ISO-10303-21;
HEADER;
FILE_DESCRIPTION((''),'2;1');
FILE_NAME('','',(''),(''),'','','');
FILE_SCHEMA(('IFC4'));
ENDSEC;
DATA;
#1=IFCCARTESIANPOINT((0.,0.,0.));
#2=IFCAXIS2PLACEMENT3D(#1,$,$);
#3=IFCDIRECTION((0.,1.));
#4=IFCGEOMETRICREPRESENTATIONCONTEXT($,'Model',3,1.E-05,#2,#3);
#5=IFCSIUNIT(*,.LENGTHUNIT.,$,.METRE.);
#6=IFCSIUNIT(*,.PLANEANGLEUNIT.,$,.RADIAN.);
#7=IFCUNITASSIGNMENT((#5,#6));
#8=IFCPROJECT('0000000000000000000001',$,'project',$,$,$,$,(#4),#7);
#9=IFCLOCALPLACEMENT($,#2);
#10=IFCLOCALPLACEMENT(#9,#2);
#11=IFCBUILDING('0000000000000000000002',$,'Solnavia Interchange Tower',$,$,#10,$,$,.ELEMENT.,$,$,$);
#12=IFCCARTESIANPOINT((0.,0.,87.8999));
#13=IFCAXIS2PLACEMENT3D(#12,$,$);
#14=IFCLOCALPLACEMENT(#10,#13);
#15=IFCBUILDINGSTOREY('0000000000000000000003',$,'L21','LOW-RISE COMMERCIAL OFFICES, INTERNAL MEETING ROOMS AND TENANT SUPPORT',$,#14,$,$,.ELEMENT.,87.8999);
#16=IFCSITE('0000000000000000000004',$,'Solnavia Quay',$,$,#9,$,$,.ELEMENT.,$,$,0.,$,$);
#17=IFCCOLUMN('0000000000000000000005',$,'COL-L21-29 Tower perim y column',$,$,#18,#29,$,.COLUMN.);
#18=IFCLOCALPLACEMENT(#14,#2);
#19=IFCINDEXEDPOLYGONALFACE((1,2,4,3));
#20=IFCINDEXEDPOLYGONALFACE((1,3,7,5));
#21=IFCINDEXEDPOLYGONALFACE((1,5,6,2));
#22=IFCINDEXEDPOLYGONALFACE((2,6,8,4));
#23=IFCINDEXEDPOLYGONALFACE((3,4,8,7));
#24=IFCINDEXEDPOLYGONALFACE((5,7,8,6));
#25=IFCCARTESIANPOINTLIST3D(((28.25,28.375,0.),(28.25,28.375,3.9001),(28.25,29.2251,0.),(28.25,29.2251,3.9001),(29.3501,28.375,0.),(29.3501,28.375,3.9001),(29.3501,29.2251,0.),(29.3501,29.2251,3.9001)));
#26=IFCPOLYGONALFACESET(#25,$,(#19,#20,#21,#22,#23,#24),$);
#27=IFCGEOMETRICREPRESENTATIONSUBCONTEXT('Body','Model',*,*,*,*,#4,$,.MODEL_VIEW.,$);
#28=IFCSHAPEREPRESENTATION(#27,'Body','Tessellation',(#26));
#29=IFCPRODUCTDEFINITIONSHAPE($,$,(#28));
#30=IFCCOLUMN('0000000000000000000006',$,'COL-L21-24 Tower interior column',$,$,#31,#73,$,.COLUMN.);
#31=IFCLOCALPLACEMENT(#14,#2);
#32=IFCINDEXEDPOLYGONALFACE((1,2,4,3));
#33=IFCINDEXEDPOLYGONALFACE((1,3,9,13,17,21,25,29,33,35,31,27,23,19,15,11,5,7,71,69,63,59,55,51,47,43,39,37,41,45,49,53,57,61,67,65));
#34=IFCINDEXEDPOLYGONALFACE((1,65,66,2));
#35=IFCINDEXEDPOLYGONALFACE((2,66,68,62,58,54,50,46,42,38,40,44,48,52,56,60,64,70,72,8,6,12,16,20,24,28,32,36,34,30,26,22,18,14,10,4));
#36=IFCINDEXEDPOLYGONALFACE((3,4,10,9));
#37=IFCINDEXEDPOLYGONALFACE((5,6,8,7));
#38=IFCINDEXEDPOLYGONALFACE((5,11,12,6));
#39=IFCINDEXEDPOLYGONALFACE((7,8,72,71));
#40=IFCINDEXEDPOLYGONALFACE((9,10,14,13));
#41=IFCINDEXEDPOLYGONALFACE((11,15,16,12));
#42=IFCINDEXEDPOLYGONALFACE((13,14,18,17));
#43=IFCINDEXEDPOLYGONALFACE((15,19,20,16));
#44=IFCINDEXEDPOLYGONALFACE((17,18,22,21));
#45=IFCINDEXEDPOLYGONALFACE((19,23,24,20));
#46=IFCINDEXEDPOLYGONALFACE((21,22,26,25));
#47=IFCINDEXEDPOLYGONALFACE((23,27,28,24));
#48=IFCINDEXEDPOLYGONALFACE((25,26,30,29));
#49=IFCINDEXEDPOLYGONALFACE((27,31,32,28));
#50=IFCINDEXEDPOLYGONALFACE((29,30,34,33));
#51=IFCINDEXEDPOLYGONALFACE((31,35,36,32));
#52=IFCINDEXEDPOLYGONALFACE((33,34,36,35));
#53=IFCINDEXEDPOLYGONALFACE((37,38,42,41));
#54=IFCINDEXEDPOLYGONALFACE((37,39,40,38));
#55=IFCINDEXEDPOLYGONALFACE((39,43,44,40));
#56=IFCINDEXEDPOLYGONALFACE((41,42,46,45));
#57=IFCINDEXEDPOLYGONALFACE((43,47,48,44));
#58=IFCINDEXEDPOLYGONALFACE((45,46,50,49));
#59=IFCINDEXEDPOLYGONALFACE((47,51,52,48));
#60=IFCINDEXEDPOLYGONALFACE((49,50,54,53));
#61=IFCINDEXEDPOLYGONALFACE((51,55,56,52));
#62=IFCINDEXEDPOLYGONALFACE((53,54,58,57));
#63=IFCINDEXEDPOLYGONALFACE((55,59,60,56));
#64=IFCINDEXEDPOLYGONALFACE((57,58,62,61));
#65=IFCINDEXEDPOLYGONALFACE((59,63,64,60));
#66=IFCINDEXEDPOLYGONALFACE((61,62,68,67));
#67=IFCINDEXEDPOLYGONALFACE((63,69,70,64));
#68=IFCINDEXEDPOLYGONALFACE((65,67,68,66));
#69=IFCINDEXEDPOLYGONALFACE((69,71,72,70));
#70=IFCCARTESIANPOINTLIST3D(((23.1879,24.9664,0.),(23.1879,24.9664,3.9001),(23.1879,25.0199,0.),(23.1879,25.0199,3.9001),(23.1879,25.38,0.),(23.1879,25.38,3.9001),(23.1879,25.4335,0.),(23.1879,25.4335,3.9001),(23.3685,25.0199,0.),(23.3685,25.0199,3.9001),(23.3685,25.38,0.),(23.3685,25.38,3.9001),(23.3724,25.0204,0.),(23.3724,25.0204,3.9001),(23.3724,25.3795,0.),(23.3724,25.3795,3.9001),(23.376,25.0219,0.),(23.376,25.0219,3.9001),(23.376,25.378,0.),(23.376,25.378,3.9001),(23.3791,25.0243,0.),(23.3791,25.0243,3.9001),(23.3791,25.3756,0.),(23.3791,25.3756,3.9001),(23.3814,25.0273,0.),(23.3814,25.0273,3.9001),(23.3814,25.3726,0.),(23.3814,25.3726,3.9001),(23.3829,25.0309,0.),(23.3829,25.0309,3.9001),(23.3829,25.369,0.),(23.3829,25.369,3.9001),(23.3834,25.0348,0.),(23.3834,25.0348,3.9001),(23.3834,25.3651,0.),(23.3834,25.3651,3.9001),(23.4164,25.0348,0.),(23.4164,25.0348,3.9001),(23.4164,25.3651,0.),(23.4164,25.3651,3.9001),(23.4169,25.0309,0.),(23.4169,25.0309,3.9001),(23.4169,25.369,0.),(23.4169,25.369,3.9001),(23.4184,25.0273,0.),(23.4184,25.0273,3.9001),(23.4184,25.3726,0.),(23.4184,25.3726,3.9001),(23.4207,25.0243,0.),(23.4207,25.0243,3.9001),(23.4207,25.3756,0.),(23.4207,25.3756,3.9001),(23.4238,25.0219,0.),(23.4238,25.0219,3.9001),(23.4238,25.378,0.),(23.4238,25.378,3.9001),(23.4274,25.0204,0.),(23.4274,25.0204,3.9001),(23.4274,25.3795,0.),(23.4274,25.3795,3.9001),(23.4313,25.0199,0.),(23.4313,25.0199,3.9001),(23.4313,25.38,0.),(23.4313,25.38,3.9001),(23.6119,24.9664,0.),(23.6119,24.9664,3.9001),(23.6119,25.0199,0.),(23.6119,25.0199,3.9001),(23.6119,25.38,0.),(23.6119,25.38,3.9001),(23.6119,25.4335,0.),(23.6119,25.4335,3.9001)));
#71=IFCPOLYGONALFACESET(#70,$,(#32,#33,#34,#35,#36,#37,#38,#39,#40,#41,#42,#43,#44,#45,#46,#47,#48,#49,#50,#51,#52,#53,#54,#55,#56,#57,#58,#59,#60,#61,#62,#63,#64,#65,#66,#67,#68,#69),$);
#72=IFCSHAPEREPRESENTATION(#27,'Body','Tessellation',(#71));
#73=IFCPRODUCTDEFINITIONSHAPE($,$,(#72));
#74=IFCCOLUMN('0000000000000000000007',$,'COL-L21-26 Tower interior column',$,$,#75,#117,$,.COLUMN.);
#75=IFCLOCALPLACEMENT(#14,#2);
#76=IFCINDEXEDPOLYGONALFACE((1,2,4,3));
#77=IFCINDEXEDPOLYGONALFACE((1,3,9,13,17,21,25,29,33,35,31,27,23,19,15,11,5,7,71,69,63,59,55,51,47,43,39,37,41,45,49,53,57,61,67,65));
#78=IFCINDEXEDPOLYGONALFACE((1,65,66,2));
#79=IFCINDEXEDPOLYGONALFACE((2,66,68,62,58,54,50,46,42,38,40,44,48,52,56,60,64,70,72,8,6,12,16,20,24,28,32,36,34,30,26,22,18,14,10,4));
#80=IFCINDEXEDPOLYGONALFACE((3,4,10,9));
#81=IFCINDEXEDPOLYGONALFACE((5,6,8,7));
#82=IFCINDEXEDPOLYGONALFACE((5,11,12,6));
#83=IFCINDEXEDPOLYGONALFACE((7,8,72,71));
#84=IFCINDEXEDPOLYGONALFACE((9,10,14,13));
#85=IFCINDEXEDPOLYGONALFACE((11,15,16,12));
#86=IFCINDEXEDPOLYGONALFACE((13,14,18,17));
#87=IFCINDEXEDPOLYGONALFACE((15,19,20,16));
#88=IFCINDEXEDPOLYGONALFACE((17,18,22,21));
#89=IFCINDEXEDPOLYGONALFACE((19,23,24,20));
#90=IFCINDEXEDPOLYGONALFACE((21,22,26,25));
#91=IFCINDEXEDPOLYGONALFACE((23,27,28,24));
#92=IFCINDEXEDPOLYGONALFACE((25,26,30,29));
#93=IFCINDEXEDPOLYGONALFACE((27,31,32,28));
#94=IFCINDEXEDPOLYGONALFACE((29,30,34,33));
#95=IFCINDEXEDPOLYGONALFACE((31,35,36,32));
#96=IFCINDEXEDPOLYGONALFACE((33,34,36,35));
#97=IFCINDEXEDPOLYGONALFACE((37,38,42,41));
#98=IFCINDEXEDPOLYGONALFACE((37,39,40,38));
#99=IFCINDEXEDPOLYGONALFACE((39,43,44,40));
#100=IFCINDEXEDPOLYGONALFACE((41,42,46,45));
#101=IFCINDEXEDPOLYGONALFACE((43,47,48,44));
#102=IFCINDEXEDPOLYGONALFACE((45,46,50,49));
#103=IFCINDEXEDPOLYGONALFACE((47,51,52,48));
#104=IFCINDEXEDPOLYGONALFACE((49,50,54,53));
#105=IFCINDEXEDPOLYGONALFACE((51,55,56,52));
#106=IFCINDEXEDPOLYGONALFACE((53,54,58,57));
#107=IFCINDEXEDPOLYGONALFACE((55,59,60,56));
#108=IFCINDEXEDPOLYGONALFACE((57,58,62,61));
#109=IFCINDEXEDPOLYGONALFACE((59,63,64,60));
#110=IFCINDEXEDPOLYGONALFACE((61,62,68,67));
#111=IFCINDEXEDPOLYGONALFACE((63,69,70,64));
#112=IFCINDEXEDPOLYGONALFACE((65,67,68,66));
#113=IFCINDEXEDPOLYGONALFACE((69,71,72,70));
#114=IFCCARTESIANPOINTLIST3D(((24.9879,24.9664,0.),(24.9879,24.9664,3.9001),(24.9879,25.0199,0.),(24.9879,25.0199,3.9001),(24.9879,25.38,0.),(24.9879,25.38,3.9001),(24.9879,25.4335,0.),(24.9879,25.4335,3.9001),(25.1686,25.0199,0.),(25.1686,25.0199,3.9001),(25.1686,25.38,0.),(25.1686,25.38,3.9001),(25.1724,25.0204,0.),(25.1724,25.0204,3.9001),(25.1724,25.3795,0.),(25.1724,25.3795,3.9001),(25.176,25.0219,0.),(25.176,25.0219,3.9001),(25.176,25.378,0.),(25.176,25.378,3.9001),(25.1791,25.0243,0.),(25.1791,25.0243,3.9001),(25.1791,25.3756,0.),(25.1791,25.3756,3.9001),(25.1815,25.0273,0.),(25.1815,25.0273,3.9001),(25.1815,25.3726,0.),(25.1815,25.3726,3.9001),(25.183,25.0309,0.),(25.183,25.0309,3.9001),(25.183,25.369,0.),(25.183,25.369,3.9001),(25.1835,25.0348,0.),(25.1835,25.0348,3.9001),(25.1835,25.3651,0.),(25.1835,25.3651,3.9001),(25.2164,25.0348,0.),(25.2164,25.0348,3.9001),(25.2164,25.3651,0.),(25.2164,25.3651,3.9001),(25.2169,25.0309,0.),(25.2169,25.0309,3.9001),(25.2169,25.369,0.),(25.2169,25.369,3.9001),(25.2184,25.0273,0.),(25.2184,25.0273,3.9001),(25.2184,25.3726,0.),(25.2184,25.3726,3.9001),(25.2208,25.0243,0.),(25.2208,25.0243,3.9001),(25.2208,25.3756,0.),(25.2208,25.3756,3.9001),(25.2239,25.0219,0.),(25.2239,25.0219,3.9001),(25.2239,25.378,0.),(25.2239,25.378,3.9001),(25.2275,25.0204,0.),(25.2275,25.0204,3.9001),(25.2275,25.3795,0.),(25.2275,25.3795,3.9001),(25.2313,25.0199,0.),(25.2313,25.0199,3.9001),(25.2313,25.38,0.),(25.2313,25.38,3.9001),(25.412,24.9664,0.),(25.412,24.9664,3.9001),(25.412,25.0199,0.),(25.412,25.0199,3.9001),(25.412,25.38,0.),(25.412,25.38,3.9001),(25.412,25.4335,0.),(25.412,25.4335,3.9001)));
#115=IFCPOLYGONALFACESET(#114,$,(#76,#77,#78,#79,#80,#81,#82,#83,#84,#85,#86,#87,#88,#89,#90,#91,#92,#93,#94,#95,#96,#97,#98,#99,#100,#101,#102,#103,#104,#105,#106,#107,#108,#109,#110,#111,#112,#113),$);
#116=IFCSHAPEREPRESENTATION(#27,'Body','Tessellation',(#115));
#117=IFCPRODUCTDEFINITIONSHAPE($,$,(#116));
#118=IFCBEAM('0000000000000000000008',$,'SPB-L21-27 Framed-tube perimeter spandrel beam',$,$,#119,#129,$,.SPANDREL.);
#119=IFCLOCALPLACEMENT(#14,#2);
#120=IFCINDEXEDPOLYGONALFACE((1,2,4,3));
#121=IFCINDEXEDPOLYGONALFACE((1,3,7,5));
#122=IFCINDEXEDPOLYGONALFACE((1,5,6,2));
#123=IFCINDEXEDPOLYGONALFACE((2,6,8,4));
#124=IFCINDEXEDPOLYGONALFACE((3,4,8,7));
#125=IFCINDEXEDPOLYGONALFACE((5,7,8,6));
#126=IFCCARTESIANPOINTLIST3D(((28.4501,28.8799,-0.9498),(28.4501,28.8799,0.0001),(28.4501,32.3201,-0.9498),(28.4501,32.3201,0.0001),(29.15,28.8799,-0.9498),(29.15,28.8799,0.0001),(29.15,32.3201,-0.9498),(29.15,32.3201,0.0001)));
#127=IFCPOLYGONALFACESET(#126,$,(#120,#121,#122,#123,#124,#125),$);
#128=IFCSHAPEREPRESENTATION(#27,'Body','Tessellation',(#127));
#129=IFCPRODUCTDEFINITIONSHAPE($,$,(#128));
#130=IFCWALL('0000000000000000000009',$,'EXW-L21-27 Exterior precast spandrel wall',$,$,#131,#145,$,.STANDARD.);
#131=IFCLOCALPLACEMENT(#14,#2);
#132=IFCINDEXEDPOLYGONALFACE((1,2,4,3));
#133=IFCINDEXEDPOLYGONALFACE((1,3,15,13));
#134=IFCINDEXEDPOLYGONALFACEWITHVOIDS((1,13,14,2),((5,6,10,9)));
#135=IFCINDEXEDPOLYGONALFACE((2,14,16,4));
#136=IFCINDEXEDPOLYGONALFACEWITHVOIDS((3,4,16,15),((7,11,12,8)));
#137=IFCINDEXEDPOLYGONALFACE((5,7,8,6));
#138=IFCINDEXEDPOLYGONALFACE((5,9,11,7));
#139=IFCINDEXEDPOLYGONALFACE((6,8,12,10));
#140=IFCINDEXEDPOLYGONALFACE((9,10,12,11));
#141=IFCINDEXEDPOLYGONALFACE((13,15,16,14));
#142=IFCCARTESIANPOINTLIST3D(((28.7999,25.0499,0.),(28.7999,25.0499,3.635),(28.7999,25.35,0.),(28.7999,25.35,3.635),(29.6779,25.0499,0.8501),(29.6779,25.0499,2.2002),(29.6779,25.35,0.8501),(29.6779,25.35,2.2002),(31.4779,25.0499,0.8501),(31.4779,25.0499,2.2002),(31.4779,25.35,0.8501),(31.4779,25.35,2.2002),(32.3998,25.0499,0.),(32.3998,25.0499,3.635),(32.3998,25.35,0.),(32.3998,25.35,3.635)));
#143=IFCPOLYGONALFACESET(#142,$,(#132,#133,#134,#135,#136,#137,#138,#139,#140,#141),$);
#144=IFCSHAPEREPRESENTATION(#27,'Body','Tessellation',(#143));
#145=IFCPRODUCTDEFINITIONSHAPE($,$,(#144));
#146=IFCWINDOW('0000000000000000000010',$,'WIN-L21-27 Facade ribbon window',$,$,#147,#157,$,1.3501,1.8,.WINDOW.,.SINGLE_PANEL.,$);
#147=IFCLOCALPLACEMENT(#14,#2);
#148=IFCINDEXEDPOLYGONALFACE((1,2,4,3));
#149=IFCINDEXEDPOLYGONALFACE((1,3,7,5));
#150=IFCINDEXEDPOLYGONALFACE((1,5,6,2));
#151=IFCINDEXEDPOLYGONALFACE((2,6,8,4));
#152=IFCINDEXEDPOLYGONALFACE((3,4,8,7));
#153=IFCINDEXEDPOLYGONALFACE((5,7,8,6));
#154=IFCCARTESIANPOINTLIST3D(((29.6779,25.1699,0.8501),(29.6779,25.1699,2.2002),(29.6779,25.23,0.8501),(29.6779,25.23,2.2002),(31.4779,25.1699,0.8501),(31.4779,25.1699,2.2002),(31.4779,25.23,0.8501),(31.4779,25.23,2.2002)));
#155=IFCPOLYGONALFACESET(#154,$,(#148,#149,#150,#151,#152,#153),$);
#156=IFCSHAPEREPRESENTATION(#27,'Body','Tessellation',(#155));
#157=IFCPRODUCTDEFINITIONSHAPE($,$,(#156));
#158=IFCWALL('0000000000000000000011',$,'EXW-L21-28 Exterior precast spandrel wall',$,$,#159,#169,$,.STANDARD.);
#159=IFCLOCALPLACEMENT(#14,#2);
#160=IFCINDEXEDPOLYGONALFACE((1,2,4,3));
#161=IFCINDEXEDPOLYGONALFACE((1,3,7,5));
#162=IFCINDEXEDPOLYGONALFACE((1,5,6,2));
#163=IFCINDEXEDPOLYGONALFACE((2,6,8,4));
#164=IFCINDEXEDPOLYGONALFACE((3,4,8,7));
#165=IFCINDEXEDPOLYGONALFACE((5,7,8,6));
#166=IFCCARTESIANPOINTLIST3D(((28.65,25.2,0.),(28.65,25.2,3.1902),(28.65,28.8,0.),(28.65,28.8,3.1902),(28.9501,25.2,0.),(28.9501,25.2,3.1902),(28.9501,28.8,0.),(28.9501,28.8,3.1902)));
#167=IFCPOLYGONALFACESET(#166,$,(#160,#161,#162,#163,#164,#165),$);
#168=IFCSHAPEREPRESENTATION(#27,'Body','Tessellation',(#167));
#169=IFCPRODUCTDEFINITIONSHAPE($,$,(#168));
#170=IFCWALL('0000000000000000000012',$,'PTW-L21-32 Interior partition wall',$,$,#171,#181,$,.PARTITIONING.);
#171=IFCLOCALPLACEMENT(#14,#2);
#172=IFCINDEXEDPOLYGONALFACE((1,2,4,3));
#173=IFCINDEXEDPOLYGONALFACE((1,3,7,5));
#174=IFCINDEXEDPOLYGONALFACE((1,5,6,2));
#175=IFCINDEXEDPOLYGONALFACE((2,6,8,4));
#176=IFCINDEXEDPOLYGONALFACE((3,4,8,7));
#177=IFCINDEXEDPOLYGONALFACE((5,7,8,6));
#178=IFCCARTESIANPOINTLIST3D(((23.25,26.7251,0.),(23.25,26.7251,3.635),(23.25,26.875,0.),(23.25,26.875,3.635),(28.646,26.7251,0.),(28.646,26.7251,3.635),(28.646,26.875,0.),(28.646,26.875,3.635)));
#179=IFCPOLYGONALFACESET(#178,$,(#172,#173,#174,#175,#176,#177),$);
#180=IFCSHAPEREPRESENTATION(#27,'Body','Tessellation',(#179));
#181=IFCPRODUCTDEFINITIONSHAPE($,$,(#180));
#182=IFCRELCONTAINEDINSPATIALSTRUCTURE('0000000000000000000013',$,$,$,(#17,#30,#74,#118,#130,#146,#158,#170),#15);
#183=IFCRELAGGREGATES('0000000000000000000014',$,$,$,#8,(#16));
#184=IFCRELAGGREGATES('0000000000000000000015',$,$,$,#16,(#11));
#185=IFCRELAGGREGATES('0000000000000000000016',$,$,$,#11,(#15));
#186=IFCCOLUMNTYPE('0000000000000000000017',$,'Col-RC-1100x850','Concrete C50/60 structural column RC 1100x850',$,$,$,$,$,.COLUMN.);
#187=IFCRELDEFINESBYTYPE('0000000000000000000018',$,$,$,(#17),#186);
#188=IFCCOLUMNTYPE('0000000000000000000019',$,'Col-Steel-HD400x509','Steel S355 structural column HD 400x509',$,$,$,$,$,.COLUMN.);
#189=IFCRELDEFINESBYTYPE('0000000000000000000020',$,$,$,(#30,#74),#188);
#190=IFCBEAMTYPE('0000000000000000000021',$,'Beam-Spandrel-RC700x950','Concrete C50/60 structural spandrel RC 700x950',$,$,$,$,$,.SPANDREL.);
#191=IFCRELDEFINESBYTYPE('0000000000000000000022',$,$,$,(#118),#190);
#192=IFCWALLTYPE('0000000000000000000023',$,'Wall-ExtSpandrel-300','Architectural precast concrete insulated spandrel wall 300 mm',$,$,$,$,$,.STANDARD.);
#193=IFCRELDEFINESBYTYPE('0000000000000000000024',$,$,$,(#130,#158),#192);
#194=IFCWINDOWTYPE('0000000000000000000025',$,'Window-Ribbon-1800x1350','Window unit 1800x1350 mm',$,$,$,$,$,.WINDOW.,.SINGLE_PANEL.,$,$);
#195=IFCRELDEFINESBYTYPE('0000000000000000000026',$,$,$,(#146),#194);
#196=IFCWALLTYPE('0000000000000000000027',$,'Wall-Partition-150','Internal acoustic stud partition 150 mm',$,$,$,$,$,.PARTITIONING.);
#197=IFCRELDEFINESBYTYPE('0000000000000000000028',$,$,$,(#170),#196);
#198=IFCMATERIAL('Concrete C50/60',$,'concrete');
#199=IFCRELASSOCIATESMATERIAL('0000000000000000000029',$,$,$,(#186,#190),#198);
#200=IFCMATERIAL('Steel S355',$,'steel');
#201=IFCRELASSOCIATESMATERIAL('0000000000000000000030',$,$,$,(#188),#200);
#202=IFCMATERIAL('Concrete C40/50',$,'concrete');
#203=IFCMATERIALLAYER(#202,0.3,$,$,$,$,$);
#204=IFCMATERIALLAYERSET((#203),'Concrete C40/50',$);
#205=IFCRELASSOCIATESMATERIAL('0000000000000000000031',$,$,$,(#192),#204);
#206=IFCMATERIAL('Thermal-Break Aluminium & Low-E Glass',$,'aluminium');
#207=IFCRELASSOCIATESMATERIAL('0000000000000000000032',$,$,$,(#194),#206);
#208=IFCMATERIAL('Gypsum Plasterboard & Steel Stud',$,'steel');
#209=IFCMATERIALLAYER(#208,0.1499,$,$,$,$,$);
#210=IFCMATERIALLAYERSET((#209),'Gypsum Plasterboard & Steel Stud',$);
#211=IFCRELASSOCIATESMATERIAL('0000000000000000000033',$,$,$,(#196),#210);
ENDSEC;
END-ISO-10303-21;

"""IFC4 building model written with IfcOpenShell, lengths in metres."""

from ifc_helpers import new_model, si_unit, direction, frame, frame_2d, origin, origin_2d, place, context, subcontext, project, spatial, rectangle, i_section, extrude, material, layer, layer_set, material_profile, profile_set, type_object, element, fill, save


model = new_model("IFC4")

# Units and contexts
model_context = context("Model", 3, precision=1e-05, world=origin(), true_north=direction((0.0, 1.0)))
body_context = subcontext(model_context, "Body", "Model", "MODEL_VIEW")
ifc_project = project(units=[si_unit("LENGTHUNIT", "METRE"), si_unit("PLANEANGLEUNIT", "RADIAN")], contexts=[model_context])

# Site, building, storey
site_placement = place(None, origin())
site = spatial("IfcSite", under=ifc_project, at=site_placement, Name="Solnavia Quay", CompositionType="ELEMENT", RefElevation=0.0)
building_placement = place(site_placement, origin())
building = spatial("IfcBuilding", under=site, at=building_placement, Name="Solnavia Interchange Tower", CompositionType="ELEMENT")
storey_placement = place(building_placement, frame((0.0, 0.0, 87.8999)))
storey = spatial("IfcBuildingStorey", under=building, at=storey_placement, Name="L21", Description="LOW-RISE COMMERCIAL OFFICES, INTERNAL MEETING ROOMS AND TENANT SUPPORT", CompositionType="ELEMENT", Elevation=87.8999)

# Columns
ifc_material_1 = material(Name="Concrete C50/60", Category="concrete")
ifc_material_profile_1 = material_profile(ifc_material_1, rectangle(XDim=0.8501, YDim=1.1001, at=origin_2d()), Name="RC 1100x850")
ifc_profile_set_1 = profile_set([ifc_material_profile_1], Name="Concrete C50/60")
column_type_1 = type_object("IfcColumnType", Name="Col-RC-1100x850", Description="Concrete C50/60 structural column RC 1100x850", PredefinedType="COLUMN", material=ifc_profile_set_1)
column_placement = place(storey_placement, frame((28.8, 28.8, 0.0), z_axis=(0.0, 0.0, 1.0), x_axis=(0.0, 1.0, 0.0)))
element("IfcColumn", 1, at=column_placement, inside=storey, type_object=column_type_1, Name="COL-L21-29 Tower perim y column", PredefinedType="COLUMN", context=body_context, shape_type="SweptSolid", body=[
    extrude(rectangle(XDim=0.8501, YDim=1.1001, at=origin_2d()), origin(), (0.0, 0.0, 1.0), 3.9001),
])
ifc_material_2 = material(Name="Steel S355", Category="steel")
ifc_material_profile_2 = material_profile(ifc_material_2, i_section(OverallWidth=0.4241, OverallDepth=0.467, WebThickness=0.033, FlangeThickness=0.0535, FilletRadius=0.0149, at=origin_2d()), Name="HD 400x509")
ifc_profile_set_2 = profile_set([ifc_material_profile_2], Name="Steel S355")
column_type_2 = type_object("IfcColumnType", Name="Col-Steel-HD400x509", Description="Steel S355 structural column HD 400x509", PredefinedType="COLUMN", material=ifc_profile_set_2)
for number, where, z_axis, x_axis, name in (
    (2, (23.3999, 25.2, 0.0), (0.0, 0.0, 1.0), (1.0, 0.0, 0.0), "COL-L21-24 Tower interior column"),
    (3, (25.2, 25.2, 0.0), (0.0, 0.0, 1.0), (1.0, 0.0, 0.0), "COL-L21-26 Tower interior column"),
):
    element("IfcColumn", number, at=place(storey_placement, frame(where, z_axis=z_axis, x_axis=x_axis)), inside=storey, type_object=column_type_2, Name=name, PredefinedType="COLUMN", context=body_context, shape_type="SweptSolid", body=[
        extrude(i_section(OverallWidth=0.4241, OverallDepth=0.467, WebThickness=0.033, FlangeThickness=0.0535, FilletRadius=0.0149, at=origin_2d()), origin(), (0.0, 0.0, 1.0), 3.9001),
    ])

# Beam
ifc_material_profile_3 = material_profile(ifc_material_1, rectangle(XDim=0.7, YDim=0.95, at=origin_2d()), Name="RC 700x950")
ifc_profile_set_3 = profile_set([ifc_material_profile_3], Name="Concrete C50/60")
beam_type = type_object("IfcBeamType", Name="Beam-Spandrel-RC700x950", Description="Concrete C50/60 structural spandrel RC 700x950", PredefinedType="SPANDREL", material=ifc_profile_set_3)
beam_placement = place(storey_placement, frame((28.8, 28.8799, -0.4749), z_axis=(0.0, 1.0, 0.0), x_axis=(-1.0, 0.0, 0.0)))
element("IfcBeam", 4, at=beam_placement, inside=storey, type_object=beam_type, Name="SPB-L21-27 Framed-tube perimeter spandrel beam", PredefinedType="SPANDREL", context=body_context, shape_type="SweptSolid", body=[
    extrude(rectangle(XDim=0.7, YDim=0.95, at=origin_2d()), origin(), (0.0, 0.0, 1.0), 3.4402),
])

# Wall, opening, window
ifc_material_3 = material(Name="Concrete C40/50", Category="concrete")
ifc_layer_1 = layer(ifc_material_3, 0.3)
ifc_layer_set_1 = layer_set([ifc_layer_1], Name="Concrete C40/50")
wall_type_1 = type_object("IfcWallType", Name="Wall-ExtSpandrel-300", Description="Architectural precast concrete insulated spandrel wall 300 mm", PredefinedType="STANDARD", material=ifc_layer_set_1)
wall_1_placement = place(storey_placement, frame((28.8, 25.2, 0.0), z_axis=(0.0, 0.0, 1.0), x_axis=(1.0, 0.0, 0.0)))
wall_1 = element("IfcWall", 5, at=wall_1_placement, inside=storey, type_object=wall_type_1, Name="EXW-L21-27 Exterior precast spandrel wall", PredefinedType="STANDARD", context=body_context, shape_type="SweptSolid", body=[
    extrude(rectangle(XDim=3.5999, YDim=0.3, at=frame_2d((1.7998, 0.0))), origin(), (0.0, 0.0, 1.0), 3.635),
])
opening_1_placement = place(wall_1_placement, frame((0.8779, 0.0, 0.8501)))
opening_1 = element("IfcOpeningElement", 6, at=opening_1_placement, cuts=wall_1, PredefinedType="OPENING", context=body_context, shape_type="SweptSolid", body=[
    extrude(rectangle(XDim=1.8, YDim=1.3501, at=frame_2d((0.8999, 0.675))), frame((0.0, 0.1602, 0.0), z_axis=(0.0, -1.0, 0.0), x_axis=(1.0, 0.0, 0.0)), (0.0, 0.0, 1.0), 0.3201),
])
ifc_material_4 = material(Name="Thermal-Break Aluminium & Low-E Glass", Category="aluminium")
window_type = type_object("IfcWindowType", Name="Window-Ribbon-1800x1350", Description="Window unit 1800x1350 mm", PartitioningType="SINGLE_PANEL", PredefinedType="WINDOW", material=ifc_material_4)
window_placement = place(opening_1_placement, origin())
window = element("IfcWindow", 7, at=window_placement, inside=storey, type_object=window_type, Name="WIN-L21-27 Facade ribbon window", OverallHeight=1.3501, OverallWidth=1.8, PartitioningType="SINGLE_PANEL", PredefinedType="WINDOW", context=body_context, shape_type="SweptSolid", body=[
    extrude(rectangle(XDim=1.8, YDim=1.3501, at=frame_2d((0.8999, 0.675))), frame((0.0, 0.03, 0.0), z_axis=(0.0, -1.0, 0.0), x_axis=(1.0, 0.0, 0.0)), (0.0, 0.0, 1.0), 0.0601),
])
fill(opening_1, window)

# Walls
wall_2_placement = place(storey_placement, frame((28.8, 28.8, 0.0), z_axis=(0.0, 0.0, 1.0), x_axis=(0.0, -1.0, 0.0)))
element("IfcWall", 8, at=wall_2_placement, inside=storey, type_object=wall_type_1, Name="EXW-L21-28 Exterior precast spandrel wall", PredefinedType="STANDARD", context=body_context, shape_type="SweptSolid", body=[
    extrude(rectangle(XDim=3.6001, YDim=0.3, at=frame_2d((1.8, 0.0))), origin(), (0.0, 0.0, 1.0), 3.1902),
])
ifc_material_5 = material(Name="Gypsum Plasterboard & Steel Stud", Category="steel")
ifc_layer_2 = layer(ifc_material_5, 0.1499)
ifc_layer_set_2 = layer_set([ifc_layer_2], Name="Gypsum Plasterboard & Steel Stud")
wall_type_2 = type_object("IfcWallType", Name="Wall-Partition-150", Description="Internal acoustic stud partition 150 mm", PredefinedType="PARTITIONING", material=ifc_layer_set_2)
wall_3_placement = place(storey_placement, frame((23.25, 26.8, 0.0), z_axis=(0.0, 0.0, 1.0), x_axis=(1.0, 0.0, 0.0)))
element("IfcWall", 9, at=wall_3_placement, inside=storey, type_object=wall_type_2, Name="PTW-L21-32 Interior partition wall", PredefinedType="PARTITIONING", context=body_context, shape_type="SweptSolid", body=[
    extrude(rectangle(XDim=5.396, YDim=0.1499, at=frame_2d((2.698, 0.0))), origin(), (0.0, 0.0, 1.0), 3.635),
])

save(model, "model.ifc")
